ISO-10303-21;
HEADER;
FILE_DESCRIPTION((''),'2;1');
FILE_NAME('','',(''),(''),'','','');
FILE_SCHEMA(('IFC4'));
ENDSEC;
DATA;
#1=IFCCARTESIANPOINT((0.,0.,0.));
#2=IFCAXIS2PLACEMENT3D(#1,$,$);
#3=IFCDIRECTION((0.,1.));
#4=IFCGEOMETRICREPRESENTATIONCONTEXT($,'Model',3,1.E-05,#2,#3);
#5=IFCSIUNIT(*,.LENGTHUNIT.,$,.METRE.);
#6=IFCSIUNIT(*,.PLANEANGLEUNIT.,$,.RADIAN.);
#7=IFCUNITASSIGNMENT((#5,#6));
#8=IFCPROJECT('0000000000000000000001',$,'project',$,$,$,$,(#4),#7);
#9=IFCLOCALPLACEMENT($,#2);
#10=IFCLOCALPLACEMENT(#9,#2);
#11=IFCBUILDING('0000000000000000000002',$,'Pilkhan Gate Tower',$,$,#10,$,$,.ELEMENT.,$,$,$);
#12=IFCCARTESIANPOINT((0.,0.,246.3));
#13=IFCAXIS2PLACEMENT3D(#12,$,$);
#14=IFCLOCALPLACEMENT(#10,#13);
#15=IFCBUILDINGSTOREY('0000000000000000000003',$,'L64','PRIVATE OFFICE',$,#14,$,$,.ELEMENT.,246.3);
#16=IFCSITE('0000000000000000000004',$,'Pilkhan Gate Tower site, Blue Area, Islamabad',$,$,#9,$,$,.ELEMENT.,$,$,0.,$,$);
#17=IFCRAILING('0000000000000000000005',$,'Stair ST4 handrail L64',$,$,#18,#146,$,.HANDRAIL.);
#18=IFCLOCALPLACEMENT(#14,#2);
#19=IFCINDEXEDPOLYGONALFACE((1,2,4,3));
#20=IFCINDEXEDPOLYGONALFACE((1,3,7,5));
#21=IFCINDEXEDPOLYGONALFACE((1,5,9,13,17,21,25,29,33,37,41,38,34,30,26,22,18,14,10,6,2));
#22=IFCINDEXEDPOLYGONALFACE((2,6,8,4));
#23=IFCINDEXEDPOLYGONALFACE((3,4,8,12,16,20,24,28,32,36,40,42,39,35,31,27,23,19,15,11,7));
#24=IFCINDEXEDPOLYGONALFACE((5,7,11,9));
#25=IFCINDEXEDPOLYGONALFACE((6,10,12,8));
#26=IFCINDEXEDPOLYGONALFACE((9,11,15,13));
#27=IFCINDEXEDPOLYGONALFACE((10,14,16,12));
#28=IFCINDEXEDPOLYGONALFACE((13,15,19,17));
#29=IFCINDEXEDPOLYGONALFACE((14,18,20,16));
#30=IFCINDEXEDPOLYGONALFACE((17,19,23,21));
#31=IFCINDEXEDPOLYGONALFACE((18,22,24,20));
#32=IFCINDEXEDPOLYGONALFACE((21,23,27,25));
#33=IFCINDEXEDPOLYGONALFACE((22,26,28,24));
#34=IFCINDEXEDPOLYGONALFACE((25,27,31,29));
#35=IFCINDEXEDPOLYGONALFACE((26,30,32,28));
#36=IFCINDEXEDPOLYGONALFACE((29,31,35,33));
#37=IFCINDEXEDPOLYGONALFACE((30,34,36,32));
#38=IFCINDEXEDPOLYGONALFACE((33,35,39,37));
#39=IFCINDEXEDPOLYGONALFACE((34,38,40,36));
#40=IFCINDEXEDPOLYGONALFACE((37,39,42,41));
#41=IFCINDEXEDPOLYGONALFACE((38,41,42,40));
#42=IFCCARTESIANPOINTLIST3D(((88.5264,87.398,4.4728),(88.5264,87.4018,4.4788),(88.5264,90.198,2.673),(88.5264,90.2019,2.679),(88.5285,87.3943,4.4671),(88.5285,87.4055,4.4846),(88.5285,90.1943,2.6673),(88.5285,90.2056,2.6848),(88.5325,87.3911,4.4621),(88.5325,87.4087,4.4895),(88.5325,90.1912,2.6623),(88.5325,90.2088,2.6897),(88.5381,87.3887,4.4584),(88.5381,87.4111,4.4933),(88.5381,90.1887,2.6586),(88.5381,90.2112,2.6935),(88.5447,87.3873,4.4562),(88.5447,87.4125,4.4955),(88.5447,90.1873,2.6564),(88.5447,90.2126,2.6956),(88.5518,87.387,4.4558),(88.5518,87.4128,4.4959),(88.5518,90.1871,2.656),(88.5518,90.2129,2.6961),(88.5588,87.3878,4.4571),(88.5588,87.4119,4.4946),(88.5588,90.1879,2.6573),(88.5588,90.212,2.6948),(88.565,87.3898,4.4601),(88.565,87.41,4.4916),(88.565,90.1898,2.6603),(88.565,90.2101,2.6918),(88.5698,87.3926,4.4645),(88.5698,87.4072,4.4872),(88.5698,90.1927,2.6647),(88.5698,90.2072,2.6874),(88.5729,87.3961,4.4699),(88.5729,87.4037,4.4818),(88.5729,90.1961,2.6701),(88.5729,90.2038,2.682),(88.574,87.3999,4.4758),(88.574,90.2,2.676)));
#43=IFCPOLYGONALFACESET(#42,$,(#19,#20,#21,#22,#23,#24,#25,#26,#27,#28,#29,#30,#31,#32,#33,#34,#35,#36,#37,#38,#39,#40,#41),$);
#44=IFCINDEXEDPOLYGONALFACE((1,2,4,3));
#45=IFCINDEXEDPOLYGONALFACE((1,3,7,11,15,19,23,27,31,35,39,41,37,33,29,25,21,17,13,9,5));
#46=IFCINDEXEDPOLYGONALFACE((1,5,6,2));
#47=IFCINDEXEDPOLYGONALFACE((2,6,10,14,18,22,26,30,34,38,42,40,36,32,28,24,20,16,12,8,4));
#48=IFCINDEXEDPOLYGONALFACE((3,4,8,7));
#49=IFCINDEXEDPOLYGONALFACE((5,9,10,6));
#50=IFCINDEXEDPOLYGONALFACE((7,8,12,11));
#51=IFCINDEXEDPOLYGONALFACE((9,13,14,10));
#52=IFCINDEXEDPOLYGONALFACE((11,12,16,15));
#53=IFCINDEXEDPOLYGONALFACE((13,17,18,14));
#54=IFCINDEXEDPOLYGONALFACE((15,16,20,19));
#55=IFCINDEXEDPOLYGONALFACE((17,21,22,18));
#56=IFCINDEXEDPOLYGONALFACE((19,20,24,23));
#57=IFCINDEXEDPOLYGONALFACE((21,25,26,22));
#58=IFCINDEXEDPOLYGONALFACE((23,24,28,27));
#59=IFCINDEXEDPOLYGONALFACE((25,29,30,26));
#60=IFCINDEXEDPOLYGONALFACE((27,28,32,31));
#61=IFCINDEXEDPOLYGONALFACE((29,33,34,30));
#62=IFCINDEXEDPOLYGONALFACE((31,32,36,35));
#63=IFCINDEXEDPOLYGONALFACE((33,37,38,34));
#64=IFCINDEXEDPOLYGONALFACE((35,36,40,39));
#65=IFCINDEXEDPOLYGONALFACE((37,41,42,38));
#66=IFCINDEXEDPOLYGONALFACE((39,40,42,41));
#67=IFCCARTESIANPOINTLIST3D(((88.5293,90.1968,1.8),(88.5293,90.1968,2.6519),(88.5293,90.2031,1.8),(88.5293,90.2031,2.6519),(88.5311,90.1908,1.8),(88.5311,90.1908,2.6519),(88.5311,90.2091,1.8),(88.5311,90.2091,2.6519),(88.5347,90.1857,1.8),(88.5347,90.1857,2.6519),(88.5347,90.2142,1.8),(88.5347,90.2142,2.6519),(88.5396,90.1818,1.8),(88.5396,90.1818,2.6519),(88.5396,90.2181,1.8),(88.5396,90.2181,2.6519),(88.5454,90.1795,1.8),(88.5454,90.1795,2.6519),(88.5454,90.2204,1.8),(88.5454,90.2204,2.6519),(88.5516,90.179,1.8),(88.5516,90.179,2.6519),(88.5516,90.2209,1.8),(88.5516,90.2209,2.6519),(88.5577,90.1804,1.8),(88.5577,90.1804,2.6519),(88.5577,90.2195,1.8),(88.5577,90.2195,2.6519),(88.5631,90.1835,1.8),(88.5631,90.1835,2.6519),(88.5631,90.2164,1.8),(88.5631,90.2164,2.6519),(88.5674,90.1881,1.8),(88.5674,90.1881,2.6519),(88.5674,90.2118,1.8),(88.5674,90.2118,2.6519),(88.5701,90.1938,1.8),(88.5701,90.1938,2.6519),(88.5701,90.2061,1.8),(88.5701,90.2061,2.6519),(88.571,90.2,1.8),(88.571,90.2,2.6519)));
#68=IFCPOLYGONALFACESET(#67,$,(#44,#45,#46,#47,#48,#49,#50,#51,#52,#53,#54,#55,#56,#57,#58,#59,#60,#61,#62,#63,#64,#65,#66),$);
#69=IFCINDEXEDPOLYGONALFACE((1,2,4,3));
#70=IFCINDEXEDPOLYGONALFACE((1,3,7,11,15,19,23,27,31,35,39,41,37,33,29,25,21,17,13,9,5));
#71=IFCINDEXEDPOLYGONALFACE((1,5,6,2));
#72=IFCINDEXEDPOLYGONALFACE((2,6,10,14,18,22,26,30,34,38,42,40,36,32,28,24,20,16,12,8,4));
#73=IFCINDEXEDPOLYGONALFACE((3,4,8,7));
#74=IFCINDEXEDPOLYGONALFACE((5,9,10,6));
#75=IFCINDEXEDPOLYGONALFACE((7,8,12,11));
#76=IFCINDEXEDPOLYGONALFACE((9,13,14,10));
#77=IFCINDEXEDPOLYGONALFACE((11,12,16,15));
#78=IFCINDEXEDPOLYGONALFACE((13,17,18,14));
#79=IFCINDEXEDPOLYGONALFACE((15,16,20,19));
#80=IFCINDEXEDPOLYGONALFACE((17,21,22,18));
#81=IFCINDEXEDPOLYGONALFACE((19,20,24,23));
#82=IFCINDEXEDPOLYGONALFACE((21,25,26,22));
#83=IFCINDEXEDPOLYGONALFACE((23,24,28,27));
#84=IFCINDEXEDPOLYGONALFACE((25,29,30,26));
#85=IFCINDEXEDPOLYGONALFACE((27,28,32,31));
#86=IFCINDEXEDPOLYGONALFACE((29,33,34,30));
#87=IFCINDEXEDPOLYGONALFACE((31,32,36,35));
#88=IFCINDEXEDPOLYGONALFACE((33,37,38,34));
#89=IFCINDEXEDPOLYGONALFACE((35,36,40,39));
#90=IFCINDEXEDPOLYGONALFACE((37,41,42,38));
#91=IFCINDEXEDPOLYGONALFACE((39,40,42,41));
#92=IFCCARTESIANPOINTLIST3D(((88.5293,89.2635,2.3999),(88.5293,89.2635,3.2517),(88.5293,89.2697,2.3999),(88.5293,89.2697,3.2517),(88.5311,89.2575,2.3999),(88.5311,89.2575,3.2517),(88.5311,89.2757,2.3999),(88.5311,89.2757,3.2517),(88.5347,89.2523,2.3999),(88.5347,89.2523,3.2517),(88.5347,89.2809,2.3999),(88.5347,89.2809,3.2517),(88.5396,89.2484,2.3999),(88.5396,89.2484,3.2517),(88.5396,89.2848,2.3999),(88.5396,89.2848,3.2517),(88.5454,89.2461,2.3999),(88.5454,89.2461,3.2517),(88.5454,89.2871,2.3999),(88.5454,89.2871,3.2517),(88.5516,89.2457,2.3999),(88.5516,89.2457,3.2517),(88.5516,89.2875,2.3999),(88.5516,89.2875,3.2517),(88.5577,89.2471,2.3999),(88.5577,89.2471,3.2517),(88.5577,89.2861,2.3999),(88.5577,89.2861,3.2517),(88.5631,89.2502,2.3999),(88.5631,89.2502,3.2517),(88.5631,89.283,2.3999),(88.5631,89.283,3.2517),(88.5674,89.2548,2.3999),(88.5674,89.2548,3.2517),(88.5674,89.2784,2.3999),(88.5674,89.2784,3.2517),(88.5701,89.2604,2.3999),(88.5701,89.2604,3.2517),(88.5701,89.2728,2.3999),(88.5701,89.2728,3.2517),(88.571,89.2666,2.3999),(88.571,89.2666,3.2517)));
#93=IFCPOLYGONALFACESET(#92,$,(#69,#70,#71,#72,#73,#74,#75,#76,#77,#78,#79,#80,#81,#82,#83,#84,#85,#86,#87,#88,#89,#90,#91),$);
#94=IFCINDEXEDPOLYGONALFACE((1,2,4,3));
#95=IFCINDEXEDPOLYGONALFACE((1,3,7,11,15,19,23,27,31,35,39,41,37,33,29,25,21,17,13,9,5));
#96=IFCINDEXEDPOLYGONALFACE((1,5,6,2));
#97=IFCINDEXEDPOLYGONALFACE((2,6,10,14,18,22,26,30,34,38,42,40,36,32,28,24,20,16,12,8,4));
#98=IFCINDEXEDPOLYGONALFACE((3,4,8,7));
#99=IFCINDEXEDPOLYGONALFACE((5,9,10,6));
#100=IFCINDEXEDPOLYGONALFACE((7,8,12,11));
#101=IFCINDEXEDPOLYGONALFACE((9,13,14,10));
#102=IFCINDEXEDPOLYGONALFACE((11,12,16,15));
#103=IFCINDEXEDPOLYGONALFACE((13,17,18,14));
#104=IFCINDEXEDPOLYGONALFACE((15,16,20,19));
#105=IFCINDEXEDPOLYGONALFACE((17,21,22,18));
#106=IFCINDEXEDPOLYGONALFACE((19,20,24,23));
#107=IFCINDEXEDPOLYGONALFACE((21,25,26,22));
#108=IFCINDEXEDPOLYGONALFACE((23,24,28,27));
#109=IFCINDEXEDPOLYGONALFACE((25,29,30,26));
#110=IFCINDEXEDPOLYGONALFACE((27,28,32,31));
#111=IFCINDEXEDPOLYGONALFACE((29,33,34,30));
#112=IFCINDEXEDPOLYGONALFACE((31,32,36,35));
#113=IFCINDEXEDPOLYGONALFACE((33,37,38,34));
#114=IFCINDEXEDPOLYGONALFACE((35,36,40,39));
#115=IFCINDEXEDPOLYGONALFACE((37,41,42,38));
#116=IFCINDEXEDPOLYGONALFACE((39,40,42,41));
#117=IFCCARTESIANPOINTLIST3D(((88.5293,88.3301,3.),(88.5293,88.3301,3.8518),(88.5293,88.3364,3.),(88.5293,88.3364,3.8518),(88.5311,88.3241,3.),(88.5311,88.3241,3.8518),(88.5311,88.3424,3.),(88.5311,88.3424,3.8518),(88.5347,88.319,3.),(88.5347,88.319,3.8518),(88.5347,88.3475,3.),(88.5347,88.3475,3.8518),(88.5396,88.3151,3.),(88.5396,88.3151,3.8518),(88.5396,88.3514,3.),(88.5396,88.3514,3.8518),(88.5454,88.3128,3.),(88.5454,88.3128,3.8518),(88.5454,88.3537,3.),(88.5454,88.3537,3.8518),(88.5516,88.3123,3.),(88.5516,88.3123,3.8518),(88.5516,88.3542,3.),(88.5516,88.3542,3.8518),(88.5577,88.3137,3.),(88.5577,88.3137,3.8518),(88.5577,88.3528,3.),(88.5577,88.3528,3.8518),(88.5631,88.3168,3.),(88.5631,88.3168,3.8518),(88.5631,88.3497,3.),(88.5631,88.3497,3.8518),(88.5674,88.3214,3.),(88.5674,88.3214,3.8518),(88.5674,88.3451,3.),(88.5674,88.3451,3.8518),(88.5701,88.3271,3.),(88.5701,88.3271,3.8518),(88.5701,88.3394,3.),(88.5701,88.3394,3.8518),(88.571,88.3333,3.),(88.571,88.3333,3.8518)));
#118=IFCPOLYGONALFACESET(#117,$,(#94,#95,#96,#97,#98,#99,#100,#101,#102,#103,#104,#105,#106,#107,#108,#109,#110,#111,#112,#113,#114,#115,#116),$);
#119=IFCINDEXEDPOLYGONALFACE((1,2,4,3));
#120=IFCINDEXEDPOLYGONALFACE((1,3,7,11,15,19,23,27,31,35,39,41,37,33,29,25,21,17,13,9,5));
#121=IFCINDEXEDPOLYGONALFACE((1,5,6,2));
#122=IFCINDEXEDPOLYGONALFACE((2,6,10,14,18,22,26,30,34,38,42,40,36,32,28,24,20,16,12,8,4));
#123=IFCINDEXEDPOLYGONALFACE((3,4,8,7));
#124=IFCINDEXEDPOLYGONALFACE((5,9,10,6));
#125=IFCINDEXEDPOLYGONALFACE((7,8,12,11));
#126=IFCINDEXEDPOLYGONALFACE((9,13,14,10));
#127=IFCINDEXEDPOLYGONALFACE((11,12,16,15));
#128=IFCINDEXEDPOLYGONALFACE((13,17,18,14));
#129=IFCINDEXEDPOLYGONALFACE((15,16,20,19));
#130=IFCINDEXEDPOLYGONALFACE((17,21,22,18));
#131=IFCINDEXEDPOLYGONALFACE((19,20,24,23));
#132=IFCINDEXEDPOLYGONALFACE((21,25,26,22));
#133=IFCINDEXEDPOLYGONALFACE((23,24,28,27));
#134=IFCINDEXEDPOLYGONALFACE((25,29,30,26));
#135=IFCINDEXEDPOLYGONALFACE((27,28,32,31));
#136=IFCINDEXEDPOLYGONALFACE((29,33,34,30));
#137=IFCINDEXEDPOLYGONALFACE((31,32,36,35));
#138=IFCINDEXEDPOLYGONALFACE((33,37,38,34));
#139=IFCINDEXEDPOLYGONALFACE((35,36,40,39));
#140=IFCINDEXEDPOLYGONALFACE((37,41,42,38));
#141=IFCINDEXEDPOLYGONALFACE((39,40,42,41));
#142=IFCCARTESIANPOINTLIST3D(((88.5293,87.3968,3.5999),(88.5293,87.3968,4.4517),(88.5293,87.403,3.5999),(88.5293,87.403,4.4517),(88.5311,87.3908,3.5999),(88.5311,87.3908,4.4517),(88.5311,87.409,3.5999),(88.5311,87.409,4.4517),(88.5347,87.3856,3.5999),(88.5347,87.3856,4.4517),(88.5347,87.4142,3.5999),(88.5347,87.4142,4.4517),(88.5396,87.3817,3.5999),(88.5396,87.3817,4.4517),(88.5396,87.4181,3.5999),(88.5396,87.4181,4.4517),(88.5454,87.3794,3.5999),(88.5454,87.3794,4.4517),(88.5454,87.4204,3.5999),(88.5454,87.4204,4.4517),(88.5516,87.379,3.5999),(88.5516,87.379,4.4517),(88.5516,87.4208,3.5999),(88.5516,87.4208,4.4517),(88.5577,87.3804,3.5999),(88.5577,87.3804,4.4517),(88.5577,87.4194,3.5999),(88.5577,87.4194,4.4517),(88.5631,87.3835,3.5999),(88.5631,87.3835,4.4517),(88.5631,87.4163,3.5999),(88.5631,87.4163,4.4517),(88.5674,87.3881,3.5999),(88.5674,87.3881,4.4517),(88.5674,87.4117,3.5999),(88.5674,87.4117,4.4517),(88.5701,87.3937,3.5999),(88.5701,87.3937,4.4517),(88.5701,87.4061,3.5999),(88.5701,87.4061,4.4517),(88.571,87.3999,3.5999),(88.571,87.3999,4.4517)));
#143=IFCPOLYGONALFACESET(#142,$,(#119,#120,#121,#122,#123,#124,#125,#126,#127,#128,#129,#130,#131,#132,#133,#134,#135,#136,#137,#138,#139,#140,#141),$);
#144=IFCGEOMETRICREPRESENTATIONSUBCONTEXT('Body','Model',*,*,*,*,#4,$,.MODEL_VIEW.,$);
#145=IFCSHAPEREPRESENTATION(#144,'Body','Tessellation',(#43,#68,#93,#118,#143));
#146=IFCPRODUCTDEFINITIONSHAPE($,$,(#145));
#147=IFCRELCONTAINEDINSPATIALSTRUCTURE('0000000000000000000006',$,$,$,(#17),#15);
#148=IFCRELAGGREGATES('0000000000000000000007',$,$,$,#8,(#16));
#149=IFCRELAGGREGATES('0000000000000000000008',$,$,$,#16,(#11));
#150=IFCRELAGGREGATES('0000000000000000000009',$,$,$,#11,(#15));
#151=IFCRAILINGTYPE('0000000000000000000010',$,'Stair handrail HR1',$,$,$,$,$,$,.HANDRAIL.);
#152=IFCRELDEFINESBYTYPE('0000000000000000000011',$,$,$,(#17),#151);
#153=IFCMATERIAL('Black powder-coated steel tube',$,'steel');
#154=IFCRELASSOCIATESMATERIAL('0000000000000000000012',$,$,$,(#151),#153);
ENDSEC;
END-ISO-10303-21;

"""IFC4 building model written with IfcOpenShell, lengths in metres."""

from ifc_helpers import new_model, si_unit, direction, frame, origin, origin_2d, place, context, subcontext, project, spatial, circle, extrude, material, type_object, element, save


model = new_model("IFC4")

# Units and contexts
model_context = context("Model", 3, precision=1e-05, world=origin(), true_north=direction((0.0, 1.0)))
body_context = subcontext(model_context, "Body", "Model", "MODEL_VIEW")
ifc_project = project(units=[si_unit("LENGTHUNIT", "METRE"), si_unit("PLANEANGLEUNIT", "RADIAN")], contexts=[model_context])

# Site, building, storey
site_placement = place(None, origin())
site = spatial("IfcSite", under=ifc_project, at=site_placement, Name="Pilkhan Gate Tower site, Blue Area, Islamabad", CompositionType="ELEMENT", RefElevation=0.0)
building_placement = place(site_placement, origin())
building = spatial("IfcBuilding", under=site, at=building_placement, Name="Pilkhan Gate Tower", CompositionType="ELEMENT")
storey_placement = place(building_placement, frame((0.0, 0.0, 246.3)))
storey = spatial("IfcBuildingStorey", under=building, at=storey_placement, Name="L64", Description="PRIVATE OFFICE", CompositionType="ELEMENT", Elevation=246.3)

# Railing
ifc_material_1 = material(Name="Black powder-coated steel tube", Category="steel")
railing_type_1 = type_object("IfcRailingType", Name="Stair handrail HR1", PredefinedType="HANDRAIL", material=ifc_material_1)
railing_1_placement = place(storey_placement, frame((88.55, 90.2, 1.8)))
element("IfcRailing", 1, at=railing_1_placement, inside=storey, type_object=railing_type_1, Name="Stair ST4 handrail L64", PredefinedType="HANDRAIL", context=body_context, shape_type="SweptSolid", body=[
    extrude(circle(Radius=0.0239, at=origin_2d()), frame((0.0, 0.0, 0.876), z_axis=(0.0, -0.841209, 0.540709), x_axis=(1.0, 0.0, 0.0)), (0.0, 0.0, 1.0), 3.3286),
    extrude(circle(Radius=0.021, at=origin_2d()), origin(), (0.0, 0.0, 1.0), 0.8518),
    extrude(circle(Radius=0.021, at=origin_2d()), frame((0.0, -0.9333, 0.5999)), (0.0, 0.0, 1.0), 0.8518),
    extrude(circle(Radius=0.021, at=origin_2d()), frame((0.0, -1.8667, 1.2)), (0.0, 0.0, 1.0), 0.8518),
    extrude(circle(Radius=0.021, at=origin_2d()), frame((0.0, -2.8, 1.7998)), (0.0, 0.0, 1.0), 0.8518),
])

save(model, "model.ifc")
